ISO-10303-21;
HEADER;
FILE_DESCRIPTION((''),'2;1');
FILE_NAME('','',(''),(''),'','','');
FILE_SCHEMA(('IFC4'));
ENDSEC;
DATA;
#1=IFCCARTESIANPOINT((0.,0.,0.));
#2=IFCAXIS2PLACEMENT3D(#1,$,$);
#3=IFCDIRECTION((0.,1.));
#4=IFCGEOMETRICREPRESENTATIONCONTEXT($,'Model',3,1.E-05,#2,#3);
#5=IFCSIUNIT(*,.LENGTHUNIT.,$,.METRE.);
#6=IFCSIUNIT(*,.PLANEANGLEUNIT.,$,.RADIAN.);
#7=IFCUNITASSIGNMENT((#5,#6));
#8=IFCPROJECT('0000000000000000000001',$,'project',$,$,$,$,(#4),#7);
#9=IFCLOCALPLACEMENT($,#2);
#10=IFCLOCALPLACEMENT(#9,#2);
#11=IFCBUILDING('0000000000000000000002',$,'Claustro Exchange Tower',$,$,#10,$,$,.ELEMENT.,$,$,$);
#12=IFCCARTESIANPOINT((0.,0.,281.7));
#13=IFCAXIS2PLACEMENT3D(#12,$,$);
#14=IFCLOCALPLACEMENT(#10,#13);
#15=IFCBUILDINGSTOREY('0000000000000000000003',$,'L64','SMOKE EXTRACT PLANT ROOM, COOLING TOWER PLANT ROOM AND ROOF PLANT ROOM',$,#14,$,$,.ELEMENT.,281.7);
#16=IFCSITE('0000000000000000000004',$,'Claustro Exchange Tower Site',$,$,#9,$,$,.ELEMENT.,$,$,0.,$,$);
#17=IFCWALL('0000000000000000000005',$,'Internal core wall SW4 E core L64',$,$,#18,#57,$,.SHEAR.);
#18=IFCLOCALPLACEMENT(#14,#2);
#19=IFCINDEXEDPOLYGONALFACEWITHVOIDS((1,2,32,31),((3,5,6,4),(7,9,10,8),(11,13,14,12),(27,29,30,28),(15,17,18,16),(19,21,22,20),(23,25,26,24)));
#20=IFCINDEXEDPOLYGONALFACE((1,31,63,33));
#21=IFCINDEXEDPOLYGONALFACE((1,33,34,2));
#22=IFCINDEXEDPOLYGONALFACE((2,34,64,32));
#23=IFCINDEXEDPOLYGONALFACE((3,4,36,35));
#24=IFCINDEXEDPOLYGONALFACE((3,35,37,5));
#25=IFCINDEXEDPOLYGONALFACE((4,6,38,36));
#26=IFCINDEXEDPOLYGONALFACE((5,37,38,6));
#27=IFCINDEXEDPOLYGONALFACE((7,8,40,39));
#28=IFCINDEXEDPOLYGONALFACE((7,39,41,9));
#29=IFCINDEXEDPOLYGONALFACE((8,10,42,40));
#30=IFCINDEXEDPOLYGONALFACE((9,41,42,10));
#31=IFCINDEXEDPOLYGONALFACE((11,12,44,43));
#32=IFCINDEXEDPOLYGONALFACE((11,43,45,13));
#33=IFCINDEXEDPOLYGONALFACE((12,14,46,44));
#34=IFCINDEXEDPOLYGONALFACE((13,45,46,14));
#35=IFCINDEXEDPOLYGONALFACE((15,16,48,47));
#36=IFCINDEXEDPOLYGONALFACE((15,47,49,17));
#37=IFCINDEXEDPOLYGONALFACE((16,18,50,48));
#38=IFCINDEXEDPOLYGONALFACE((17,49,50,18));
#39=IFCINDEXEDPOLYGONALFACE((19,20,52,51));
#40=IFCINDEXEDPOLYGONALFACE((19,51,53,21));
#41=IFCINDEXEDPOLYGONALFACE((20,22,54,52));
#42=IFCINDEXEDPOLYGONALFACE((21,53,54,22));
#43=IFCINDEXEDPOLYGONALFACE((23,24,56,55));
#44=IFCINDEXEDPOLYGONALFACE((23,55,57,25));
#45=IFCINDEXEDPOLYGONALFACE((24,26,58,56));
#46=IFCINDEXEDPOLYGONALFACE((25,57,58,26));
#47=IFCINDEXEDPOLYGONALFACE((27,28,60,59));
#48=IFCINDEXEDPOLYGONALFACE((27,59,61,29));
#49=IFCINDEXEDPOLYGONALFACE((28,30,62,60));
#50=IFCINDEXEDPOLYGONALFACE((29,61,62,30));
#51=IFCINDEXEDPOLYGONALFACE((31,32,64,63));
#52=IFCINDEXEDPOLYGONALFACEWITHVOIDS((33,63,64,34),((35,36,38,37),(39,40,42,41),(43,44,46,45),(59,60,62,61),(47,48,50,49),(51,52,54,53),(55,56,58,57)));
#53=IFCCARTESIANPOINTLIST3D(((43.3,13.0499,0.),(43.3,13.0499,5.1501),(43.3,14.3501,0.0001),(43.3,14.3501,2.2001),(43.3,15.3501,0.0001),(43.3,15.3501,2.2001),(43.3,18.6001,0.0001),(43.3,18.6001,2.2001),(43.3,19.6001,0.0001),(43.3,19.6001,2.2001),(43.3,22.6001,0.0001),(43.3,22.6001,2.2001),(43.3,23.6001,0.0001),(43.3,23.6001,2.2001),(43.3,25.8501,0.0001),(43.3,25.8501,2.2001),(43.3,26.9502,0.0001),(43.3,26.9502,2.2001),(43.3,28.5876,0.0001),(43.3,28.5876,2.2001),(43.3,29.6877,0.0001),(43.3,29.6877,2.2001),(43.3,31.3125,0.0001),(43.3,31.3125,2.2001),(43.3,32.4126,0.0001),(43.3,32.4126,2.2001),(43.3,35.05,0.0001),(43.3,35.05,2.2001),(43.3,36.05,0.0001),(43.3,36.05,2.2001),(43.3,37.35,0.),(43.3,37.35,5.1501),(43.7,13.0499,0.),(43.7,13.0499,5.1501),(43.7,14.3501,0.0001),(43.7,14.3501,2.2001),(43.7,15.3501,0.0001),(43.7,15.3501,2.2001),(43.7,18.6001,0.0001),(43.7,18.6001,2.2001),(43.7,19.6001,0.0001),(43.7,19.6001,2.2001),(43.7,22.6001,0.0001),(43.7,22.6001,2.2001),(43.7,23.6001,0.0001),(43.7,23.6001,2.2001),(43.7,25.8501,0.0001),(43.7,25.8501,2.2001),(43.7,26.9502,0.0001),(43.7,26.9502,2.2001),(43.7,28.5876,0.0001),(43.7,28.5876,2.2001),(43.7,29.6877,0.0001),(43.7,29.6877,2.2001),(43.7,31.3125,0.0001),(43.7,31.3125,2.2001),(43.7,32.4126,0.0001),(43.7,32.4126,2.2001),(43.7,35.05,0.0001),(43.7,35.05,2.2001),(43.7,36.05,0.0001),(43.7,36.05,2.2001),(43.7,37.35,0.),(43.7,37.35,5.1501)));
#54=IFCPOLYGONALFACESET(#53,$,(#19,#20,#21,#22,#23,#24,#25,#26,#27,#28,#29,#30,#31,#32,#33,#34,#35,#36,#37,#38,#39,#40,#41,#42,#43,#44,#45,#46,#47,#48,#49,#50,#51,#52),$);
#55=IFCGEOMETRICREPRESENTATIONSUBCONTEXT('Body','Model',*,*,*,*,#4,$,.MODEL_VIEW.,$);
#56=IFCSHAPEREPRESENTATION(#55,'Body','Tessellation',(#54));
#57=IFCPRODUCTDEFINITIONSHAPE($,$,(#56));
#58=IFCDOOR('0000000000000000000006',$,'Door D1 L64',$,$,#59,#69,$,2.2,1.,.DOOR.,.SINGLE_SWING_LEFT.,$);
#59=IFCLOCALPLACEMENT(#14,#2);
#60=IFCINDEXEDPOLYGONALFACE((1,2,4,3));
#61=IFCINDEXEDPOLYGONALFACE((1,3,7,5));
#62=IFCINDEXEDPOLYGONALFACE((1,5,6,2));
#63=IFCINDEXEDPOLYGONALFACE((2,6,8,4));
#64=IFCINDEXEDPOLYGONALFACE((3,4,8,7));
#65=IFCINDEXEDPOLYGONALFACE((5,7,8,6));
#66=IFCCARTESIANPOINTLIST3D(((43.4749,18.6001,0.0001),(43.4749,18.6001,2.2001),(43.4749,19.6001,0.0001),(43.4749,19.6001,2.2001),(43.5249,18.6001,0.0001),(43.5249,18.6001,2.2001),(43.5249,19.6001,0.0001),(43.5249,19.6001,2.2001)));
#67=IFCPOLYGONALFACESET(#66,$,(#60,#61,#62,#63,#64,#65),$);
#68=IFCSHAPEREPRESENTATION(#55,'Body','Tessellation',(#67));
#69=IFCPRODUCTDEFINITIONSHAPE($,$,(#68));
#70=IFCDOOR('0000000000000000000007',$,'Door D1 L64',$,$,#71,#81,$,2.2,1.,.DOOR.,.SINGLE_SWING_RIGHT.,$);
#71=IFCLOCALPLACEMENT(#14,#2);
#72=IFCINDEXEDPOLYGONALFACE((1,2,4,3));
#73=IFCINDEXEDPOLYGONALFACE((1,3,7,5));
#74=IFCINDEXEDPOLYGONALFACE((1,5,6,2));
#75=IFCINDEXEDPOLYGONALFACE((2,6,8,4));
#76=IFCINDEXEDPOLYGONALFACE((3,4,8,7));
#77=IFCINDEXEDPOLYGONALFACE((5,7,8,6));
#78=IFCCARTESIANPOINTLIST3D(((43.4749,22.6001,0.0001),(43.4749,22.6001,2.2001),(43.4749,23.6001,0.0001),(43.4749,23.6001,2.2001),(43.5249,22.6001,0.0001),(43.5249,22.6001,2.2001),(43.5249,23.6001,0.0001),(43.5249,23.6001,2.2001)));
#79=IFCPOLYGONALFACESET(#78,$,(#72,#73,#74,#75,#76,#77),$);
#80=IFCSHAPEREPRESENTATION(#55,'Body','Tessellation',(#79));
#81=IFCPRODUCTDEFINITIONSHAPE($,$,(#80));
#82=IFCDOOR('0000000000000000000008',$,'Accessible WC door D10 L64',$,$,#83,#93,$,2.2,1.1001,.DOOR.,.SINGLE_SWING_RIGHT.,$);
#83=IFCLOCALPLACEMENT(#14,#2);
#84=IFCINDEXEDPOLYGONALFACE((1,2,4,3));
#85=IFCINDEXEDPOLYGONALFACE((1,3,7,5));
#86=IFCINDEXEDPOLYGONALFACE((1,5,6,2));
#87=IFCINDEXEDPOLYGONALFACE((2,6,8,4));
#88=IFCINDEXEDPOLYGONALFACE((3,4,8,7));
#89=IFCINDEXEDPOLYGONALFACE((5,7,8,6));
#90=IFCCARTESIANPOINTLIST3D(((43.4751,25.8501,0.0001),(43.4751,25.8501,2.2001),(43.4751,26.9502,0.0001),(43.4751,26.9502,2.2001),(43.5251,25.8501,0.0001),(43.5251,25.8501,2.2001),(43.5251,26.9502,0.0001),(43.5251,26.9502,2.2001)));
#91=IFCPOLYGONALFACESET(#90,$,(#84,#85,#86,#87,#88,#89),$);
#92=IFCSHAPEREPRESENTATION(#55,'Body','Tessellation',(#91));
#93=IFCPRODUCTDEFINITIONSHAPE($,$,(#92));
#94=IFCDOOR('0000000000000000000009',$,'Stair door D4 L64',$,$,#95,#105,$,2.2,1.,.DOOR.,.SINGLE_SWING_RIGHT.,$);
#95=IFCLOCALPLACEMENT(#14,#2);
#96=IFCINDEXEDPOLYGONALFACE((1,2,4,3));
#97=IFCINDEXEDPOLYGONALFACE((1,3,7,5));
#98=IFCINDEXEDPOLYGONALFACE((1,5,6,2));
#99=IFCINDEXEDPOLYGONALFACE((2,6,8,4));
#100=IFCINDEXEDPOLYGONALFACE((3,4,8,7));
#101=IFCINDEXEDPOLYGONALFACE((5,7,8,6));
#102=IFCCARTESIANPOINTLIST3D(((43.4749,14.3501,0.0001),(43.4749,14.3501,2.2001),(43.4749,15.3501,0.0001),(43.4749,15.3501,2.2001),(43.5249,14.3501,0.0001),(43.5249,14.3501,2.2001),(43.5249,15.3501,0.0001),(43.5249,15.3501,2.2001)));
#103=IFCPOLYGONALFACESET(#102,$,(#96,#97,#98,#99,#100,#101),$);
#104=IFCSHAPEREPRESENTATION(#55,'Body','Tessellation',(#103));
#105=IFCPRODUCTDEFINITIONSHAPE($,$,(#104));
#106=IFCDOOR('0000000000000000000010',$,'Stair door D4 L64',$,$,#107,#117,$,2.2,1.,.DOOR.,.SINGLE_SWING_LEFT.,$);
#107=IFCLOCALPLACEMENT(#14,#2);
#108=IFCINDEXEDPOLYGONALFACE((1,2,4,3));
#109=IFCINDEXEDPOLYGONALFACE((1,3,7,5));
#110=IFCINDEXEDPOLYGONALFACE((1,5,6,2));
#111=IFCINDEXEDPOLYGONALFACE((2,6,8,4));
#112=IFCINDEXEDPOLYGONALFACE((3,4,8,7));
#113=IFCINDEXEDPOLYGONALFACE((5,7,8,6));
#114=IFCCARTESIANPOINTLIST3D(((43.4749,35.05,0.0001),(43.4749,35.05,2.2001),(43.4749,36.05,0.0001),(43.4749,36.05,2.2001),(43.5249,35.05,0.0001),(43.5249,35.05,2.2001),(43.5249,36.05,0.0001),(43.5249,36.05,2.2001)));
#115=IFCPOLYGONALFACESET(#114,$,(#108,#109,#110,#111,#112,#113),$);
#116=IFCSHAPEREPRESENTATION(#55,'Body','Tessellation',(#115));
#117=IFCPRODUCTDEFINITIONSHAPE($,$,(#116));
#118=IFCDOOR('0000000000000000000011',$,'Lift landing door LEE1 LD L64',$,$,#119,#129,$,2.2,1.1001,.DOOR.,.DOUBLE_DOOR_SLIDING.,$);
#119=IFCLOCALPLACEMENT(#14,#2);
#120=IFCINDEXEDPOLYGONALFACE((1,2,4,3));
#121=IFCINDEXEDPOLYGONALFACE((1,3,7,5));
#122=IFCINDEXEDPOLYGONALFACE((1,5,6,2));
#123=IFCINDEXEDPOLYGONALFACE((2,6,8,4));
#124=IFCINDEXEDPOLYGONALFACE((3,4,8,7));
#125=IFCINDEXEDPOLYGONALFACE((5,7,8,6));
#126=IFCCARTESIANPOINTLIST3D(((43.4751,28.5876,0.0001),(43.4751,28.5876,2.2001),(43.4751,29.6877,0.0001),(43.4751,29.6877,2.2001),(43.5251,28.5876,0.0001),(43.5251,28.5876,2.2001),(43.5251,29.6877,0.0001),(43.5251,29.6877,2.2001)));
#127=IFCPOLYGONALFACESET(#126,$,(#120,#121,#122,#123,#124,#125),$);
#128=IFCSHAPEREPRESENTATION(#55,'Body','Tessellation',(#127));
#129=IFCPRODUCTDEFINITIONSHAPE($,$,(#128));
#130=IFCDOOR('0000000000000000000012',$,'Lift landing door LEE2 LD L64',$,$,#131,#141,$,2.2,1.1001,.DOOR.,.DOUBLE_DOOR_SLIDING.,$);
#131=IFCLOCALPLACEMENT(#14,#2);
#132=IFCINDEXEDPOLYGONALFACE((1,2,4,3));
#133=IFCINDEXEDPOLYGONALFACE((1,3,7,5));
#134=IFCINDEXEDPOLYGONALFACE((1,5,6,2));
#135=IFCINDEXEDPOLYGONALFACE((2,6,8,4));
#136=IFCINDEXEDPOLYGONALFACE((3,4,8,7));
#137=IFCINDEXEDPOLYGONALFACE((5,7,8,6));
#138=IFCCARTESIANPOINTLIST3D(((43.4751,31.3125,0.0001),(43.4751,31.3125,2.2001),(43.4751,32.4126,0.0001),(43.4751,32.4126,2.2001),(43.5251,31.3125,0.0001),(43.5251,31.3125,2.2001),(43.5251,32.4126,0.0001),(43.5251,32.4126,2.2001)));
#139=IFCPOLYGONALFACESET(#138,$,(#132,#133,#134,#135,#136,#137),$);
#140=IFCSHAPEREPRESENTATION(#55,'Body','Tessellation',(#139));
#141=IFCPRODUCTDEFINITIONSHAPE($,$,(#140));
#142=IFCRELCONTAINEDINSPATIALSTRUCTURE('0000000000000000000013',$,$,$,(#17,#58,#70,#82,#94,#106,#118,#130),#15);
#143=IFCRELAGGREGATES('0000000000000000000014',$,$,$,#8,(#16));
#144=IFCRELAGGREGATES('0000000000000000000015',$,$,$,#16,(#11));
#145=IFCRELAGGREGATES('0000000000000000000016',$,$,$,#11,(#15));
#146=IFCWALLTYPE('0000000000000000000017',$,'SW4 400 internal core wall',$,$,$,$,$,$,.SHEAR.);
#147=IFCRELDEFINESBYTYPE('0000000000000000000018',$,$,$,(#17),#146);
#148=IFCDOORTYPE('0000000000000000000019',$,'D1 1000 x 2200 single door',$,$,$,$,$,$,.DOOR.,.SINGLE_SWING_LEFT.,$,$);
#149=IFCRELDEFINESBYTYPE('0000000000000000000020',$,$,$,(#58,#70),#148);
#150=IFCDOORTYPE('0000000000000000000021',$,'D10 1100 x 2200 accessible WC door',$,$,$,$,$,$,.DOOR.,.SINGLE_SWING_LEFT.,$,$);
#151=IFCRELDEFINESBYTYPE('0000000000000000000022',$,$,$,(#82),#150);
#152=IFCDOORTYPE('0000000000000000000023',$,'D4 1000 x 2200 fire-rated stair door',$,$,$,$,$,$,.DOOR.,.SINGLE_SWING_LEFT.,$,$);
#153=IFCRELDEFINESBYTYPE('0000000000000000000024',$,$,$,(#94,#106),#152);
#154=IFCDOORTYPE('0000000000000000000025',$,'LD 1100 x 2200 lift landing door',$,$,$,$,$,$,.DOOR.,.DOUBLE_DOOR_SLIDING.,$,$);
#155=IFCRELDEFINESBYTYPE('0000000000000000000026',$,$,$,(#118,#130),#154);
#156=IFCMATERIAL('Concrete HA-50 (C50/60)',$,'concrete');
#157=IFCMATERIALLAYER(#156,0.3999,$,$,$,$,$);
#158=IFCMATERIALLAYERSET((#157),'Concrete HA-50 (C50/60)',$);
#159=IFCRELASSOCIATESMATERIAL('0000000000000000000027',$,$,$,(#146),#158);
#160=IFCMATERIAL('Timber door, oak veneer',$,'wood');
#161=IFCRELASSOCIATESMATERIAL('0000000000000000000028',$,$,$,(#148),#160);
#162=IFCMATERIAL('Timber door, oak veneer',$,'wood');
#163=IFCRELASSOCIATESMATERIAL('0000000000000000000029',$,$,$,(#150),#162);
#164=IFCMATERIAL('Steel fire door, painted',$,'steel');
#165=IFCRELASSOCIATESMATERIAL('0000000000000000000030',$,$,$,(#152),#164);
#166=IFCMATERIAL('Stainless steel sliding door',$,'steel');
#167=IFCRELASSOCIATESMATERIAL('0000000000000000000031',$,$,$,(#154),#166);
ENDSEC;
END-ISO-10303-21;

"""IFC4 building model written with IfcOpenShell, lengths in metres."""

from ifc_helpers import new_model, si_unit, direction, frame, frame_2d, origin, place, context, subcontext, project, spatial, rectangle, extrude, material, layer, layer_set, type_object, element, fill, save


model = new_model("IFC4")

# Units and contexts
model_context = context("Model", 3, precision=1e-05, world=origin(), true_north=direction((0.0, 1.0)))
body_context = subcontext(model_context, "Body", "Model", "MODEL_VIEW")
ifc_project = project(units=[si_unit("LENGTHUNIT", "METRE"), si_unit("PLANEANGLEUNIT", "RADIAN")], contexts=[model_context])

# Site, building, storey
site_placement = place(None, origin())
site = spatial("IfcSite", under=ifc_project, at=site_placement, Name="Claustro Exchange Tower Site", CompositionType="ELEMENT", RefElevation=0.0)
building_placement = place(site_placement, origin())
building = spatial("IfcBuilding", under=site, at=building_placement, Name="Claustro Exchange Tower", CompositionType="ELEMENT")
storey_placement = place(building_placement, frame((0.0, 0.0, 281.7)))
storey = spatial("IfcBuildingStorey", under=building, at=storey_placement, Name="L64", Description="SMOKE EXTRACT PLANT ROOM, COOLING TOWER PLANT ROOM AND ROOF PLANT ROOM", CompositionType="ELEMENT", Elevation=281.7)

# Wall, openings, doors
ifc_material_1 = material(Name="Concrete HA-50 (C50/60)", Category="concrete")
ifc_layer_1 = layer(ifc_material_1, 0.3999)
ifc_layer_set_1 = layer_set([ifc_layer_1], Name="Concrete HA-50 (C50/60)")
wall_type_1 = type_object("IfcWallType", Name="SW4 400 internal core wall", PredefinedType="SHEAR", material=ifc_layer_set_1)
wall_1_placement = place(storey_placement, frame((43.5, 13.05, 0.0), z_axis=(0.0, 0.0, 1.0), x_axis=(0.0, 1.0, 0.0)))
wall_1 = element("IfcWall", 1, at=wall_1_placement, inside=storey, type_object=wall_type_1, Name="Internal core wall SW4 E core L64", PredefinedType="SHEAR", context=body_context, shape_type="SweptSolid", body=[
    extrude(rectangle(XDim=24.3, YDim=0.3999, at=frame_2d((12.1499, 0.0))), origin(), (0.0, 0.0, 1.0), 5.1501),
])
opening_1_placement = place(wall_1_placement, frame((1.3, 0.0, 0.0)))
opening_1 = element("IfcOpeningElement", 2, at=opening_1_placement, cuts=wall_1, PredefinedType="OPENING", context=body_context, shape_type="SweptSolid", body=[
    extrude(rectangle(XDim=1.0, YDim=2.2, at=frame_2d((0.5, 1.1001))), frame((0.0, 0.21, 0.0), z_axis=(0.0, -1.0, 0.0), x_axis=(1.0, 0.0, 0.0)), (0.0, 0.0, 1.0), 0.4199),
])
opening_2_placement = place(wall_1_placement, frame((22.0, 0.0, 0.0)))
opening_2 = element("IfcOpeningElement", 3, at=opening_2_placement, cuts=wall_1, PredefinedType="OPENING", context=body_context, shape_type="SweptSolid", body=[
    extrude(rectangle(XDim=1.0, YDim=2.2, at=frame_2d((0.5, 1.1001))), frame((0.0, 0.21, 0.0), z_axis=(0.0, -1.0, 0.0), x_axis=(1.0, 0.0, 0.0)), (0.0, 0.0, 1.0), 0.4199),
])
opening_3_placement = place(wall_1_placement, frame((5.55, 0.0, 0.0)))
opening_3 = element("IfcOpeningElement", 4, at=opening_3_placement, cuts=wall_1, PredefinedType="OPENING", context=body_context, shape_type="SweptSolid", body=[
    extrude(rectangle(XDim=1.0, YDim=2.2, at=frame_2d((0.5, 1.1001))), frame((0.0, 0.21, 0.0), z_axis=(0.0, -1.0, 0.0), x_axis=(1.0, 0.0, 0.0)), (0.0, 0.0, 1.0), 0.4199),
])
opening_4_placement = place(wall_1_placement, frame((9.55, 0.0, 0.0)))
opening_4 = element("IfcOpeningElement", 5, at=opening_4_placement, cuts=wall_1, PredefinedType="OPENING", context=body_context, shape_type="SweptSolid", body=[
    extrude(rectangle(XDim=1.0, YDim=2.2, at=frame_2d((0.5, 1.1001))), frame((0.0, 0.21, 0.0), z_axis=(0.0, -1.0, 0.0), x_axis=(1.0, 0.0, 0.0)), (0.0, 0.0, 1.0), 0.4199),
])
opening_5_placement = place(wall_1_placement, frame((12.8, 0.0, 0.0)))
opening_5 = element("IfcOpeningElement", 6, at=opening_5_placement, cuts=wall_1, PredefinedType="OPENING", context=body_context, shape_type="SweptSolid", body=[
    extrude(rectangle(XDim=1.1001, YDim=2.2, at=frame_2d((0.55, 1.1001))), frame((0.0, 0.21, 0.0), z_axis=(0.0, -1.0, 0.0), x_axis=(1.0, 0.0, 0.0)), (0.0, 0.0, 1.0), 0.4199),
])
opening_6_placement = place(wall_1_placement, frame((15.5376, 0.0, 0.0)))
opening_6 = element("IfcOpeningElement", 7, at=opening_6_placement, cuts=wall_1, PredefinedType="OPENING", context=body_context, shape_type="SweptSolid", body=[
    extrude(rectangle(XDim=1.1001, YDim=2.2, at=frame_2d((0.55, 1.1001))), frame((0.0, 0.21, 0.0), z_axis=(0.0, -1.0, 0.0), x_axis=(1.0, 0.0, 0.0)), (0.0, 0.0, 1.0), 0.4199),
])
opening_7_placement = place(wall_1_placement, frame((18.2625, 0.0, 0.0)))
opening_7 = element("IfcOpeningElement", 8, at=opening_7_placement, cuts=wall_1, PredefinedType="OPENING", context=body_context, shape_type="SweptSolid", body=[
    extrude(rectangle(XDim=1.1001, YDim=2.2, at=frame_2d((0.55, 1.1001))), frame((0.0, 0.21, 0.0), z_axis=(0.0, -1.0, 0.0), x_axis=(1.0, 0.0, 0.0)), (0.0, 0.0, 1.0), 0.4199),
])
ifc_material_2 = material(Name="Timber door, oak veneer", Category="wood")
door_type_1 = type_object("IfcDoorType", Name="D1 1000 x 2200 single door", OperationType="SINGLE_SWING_LEFT", PredefinedType="DOOR", material=ifc_material_2)
door_1_placement = place(opening_3_placement, frame((1.0, 0.0, 0.0), z_axis=(0.0, 0.0, 1.0), x_axis=(-1.0, 0.0, 0.0)))
door_1 = element("IfcDoor", 9, at=door_1_placement, inside=storey, type_object=door_type_1, Name="Door D1 L64", OperationType="SINGLE_SWING_LEFT", OverallHeight=2.2, OverallWidth=1.0, PredefinedType="DOOR", context=body_context, shape_type="SweptSolid", body=[
    extrude(rectangle(XDim=1.0, YDim=2.2, at=frame_2d((0.5, 1.1001))), frame((0.0, 0.0249, 0.0), z_axis=(0.0, -1.0, 0.0), x_axis=(1.0, 0.0, 0.0)), (0.0, 0.0, 1.0), 0.05),
])
fill(opening_3, door_1)
door_2_placement = place(opening_4_placement, frame((1.0, 0.0, 0.0), z_axis=(0.0, 0.0, 1.0), x_axis=(-1.0, 0.0, 0.0)))
door_2 = element("IfcDoor", 10, at=door_2_placement, inside=storey, type_object=door_type_1, Name="Door D1 L64", OperationType="SINGLE_SWING_RIGHT", OverallHeight=2.2, OverallWidth=1.0, PredefinedType="DOOR", context=body_context, shape_type="SweptSolid", body=[
    extrude(rectangle(XDim=1.0, YDim=2.2, at=frame_2d((0.5, 1.1001))), frame((0.0, 0.0249, 0.0), z_axis=(0.0, -1.0, 0.0), x_axis=(1.0, 0.0, 0.0)), (0.0, 0.0, 1.0), 0.05),
])
fill(opening_4, door_2)
ifc_material_3 = material(Name="Timber door, oak veneer", Category="wood")
door_type_2 = type_object("IfcDoorType", Name="D10 1100 x 2200 accessible WC door", OperationType="SINGLE_SWING_LEFT", PredefinedType="DOOR", material=ifc_material_3)
door_3_placement = place(opening_5_placement, origin())
door_3 = element("IfcDoor", 11, at=door_3_placement, inside=storey, type_object=door_type_2, Name="Accessible WC door D10 L64", OperationType="SINGLE_SWING_RIGHT", OverallHeight=2.2, OverallWidth=1.1001, PredefinedType="DOOR", context=body_context, shape_type="SweptSolid", body=[
    extrude(rectangle(XDim=1.1001, YDim=2.2, at=frame_2d((0.55, 1.1001))), frame((0.0, 0.0249, 0.0), z_axis=(0.0, -1.0, 0.0), x_axis=(1.0, 0.0, 0.0)), (0.0, 0.0, 1.0), 0.05),
])
fill(opening_5, door_3)
ifc_material_4 = material(Name="Steel fire door, painted", Category="steel")
door_type_3 = type_object("IfcDoorType", Name="D4 1000 x 2200 fire-rated stair door", OperationType="SINGLE_SWING_LEFT", PredefinedType="DOOR", material=ifc_material_4)
door_4_placement = place(opening_1_placement, frame((1.0, 0.0, 0.0), z_axis=(0.0, 0.0, 1.0), x_axis=(-1.0, 0.0, 0.0)))
door_4 = element("IfcDoor", 12, at=door_4_placement, inside=storey, type_object=door_type_3, Name="Stair door D4 L64", OperationType="SINGLE_SWING_RIGHT", OverallHeight=2.2, OverallWidth=1.0, PredefinedType="DOOR", context=body_context, shape_type="SweptSolid", body=[
    extrude(rectangle(XDim=1.0, YDim=2.2, at=frame_2d((0.5, 1.1001))), frame((0.0, 0.0249, 0.0), z_axis=(0.0, -1.0, 0.0), x_axis=(1.0, 0.0, 0.0)), (0.0, 0.0, 1.0), 0.05),
])
fill(opening_1, door_4)
door_5_placement = place(opening_2_placement, frame((1.0, 0.0, 0.0), z_axis=(0.0, 0.0, 1.0), x_axis=(-1.0, 0.0, 0.0)))
door_5 = element("IfcDoor", 13, at=door_5_placement, inside=storey, type_object=door_type_3, Name="Stair door D4 L64", OperationType="SINGLE_SWING_LEFT", OverallHeight=2.2, OverallWidth=1.0, PredefinedType="DOOR", context=body_context, shape_type="SweptSolid", body=[
    extrude(rectangle(XDim=1.0, YDim=2.2, at=frame_2d((0.5, 1.1001))), frame((0.0, 0.0249, 0.0), z_axis=(0.0, -1.0, 0.0), x_axis=(1.0, 0.0, 0.0)), (0.0, 0.0, 1.0), 0.05),
])
fill(opening_2, door_5)
ifc_material_5 = material(Name="Stainless steel sliding door", Category="steel")
door_type_4 = type_object("IfcDoorType", Name="LD 1100 x 2200 lift landing door", OperationType="DOUBLE_DOOR_SLIDING", PredefinedType="DOOR", material=ifc_material_5)
door_6_placement = place(opening_6_placement, origin())
door_6 = element("IfcDoor", 14, at=door_6_placement, inside=storey, type_object=door_type_4, Name="Lift landing door LEE1 LD L64", OperationType="DOUBLE_DOOR_SLIDING", OverallHeight=2.2, OverallWidth=1.1001, PredefinedType="DOOR", context=body_context, shape_type="SweptSolid", body=[
    extrude(rectangle(XDim=1.1001, YDim=2.2, at=frame_2d((0.55, 1.1001))), frame((0.0, 0.0249, 0.0), z_axis=(0.0, -1.0, 0.0), x_axis=(1.0, 0.0, 0.0)), (0.0, 0.0, 1.0), 0.05),
])
fill(opening_6, door_6)
door_7_placement = place(opening_7_placement, origin())
door_7 = element("IfcDoor", 15, at=door_7_placement, inside=storey, type_object=door_type_4, Name="Lift landing door LEE2 LD L64", OperationType="DOUBLE_DOOR_SLIDING", OverallHeight=2.2, OverallWidth=1.1001, PredefinedType="DOOR", context=body_context, shape_type="SweptSolid", body=[
    extrude(rectangle(XDim=1.1001, YDim=2.2, at=frame_2d((0.55, 1.1001))), frame((0.0, 0.0249, 0.0), z_axis=(0.0, -1.0, 0.0), x_axis=(1.0, 0.0, 0.0)), (0.0, 0.0, 1.0), 0.05),
])
fill(opening_7, door_7)

save(model, "model.ifc")
